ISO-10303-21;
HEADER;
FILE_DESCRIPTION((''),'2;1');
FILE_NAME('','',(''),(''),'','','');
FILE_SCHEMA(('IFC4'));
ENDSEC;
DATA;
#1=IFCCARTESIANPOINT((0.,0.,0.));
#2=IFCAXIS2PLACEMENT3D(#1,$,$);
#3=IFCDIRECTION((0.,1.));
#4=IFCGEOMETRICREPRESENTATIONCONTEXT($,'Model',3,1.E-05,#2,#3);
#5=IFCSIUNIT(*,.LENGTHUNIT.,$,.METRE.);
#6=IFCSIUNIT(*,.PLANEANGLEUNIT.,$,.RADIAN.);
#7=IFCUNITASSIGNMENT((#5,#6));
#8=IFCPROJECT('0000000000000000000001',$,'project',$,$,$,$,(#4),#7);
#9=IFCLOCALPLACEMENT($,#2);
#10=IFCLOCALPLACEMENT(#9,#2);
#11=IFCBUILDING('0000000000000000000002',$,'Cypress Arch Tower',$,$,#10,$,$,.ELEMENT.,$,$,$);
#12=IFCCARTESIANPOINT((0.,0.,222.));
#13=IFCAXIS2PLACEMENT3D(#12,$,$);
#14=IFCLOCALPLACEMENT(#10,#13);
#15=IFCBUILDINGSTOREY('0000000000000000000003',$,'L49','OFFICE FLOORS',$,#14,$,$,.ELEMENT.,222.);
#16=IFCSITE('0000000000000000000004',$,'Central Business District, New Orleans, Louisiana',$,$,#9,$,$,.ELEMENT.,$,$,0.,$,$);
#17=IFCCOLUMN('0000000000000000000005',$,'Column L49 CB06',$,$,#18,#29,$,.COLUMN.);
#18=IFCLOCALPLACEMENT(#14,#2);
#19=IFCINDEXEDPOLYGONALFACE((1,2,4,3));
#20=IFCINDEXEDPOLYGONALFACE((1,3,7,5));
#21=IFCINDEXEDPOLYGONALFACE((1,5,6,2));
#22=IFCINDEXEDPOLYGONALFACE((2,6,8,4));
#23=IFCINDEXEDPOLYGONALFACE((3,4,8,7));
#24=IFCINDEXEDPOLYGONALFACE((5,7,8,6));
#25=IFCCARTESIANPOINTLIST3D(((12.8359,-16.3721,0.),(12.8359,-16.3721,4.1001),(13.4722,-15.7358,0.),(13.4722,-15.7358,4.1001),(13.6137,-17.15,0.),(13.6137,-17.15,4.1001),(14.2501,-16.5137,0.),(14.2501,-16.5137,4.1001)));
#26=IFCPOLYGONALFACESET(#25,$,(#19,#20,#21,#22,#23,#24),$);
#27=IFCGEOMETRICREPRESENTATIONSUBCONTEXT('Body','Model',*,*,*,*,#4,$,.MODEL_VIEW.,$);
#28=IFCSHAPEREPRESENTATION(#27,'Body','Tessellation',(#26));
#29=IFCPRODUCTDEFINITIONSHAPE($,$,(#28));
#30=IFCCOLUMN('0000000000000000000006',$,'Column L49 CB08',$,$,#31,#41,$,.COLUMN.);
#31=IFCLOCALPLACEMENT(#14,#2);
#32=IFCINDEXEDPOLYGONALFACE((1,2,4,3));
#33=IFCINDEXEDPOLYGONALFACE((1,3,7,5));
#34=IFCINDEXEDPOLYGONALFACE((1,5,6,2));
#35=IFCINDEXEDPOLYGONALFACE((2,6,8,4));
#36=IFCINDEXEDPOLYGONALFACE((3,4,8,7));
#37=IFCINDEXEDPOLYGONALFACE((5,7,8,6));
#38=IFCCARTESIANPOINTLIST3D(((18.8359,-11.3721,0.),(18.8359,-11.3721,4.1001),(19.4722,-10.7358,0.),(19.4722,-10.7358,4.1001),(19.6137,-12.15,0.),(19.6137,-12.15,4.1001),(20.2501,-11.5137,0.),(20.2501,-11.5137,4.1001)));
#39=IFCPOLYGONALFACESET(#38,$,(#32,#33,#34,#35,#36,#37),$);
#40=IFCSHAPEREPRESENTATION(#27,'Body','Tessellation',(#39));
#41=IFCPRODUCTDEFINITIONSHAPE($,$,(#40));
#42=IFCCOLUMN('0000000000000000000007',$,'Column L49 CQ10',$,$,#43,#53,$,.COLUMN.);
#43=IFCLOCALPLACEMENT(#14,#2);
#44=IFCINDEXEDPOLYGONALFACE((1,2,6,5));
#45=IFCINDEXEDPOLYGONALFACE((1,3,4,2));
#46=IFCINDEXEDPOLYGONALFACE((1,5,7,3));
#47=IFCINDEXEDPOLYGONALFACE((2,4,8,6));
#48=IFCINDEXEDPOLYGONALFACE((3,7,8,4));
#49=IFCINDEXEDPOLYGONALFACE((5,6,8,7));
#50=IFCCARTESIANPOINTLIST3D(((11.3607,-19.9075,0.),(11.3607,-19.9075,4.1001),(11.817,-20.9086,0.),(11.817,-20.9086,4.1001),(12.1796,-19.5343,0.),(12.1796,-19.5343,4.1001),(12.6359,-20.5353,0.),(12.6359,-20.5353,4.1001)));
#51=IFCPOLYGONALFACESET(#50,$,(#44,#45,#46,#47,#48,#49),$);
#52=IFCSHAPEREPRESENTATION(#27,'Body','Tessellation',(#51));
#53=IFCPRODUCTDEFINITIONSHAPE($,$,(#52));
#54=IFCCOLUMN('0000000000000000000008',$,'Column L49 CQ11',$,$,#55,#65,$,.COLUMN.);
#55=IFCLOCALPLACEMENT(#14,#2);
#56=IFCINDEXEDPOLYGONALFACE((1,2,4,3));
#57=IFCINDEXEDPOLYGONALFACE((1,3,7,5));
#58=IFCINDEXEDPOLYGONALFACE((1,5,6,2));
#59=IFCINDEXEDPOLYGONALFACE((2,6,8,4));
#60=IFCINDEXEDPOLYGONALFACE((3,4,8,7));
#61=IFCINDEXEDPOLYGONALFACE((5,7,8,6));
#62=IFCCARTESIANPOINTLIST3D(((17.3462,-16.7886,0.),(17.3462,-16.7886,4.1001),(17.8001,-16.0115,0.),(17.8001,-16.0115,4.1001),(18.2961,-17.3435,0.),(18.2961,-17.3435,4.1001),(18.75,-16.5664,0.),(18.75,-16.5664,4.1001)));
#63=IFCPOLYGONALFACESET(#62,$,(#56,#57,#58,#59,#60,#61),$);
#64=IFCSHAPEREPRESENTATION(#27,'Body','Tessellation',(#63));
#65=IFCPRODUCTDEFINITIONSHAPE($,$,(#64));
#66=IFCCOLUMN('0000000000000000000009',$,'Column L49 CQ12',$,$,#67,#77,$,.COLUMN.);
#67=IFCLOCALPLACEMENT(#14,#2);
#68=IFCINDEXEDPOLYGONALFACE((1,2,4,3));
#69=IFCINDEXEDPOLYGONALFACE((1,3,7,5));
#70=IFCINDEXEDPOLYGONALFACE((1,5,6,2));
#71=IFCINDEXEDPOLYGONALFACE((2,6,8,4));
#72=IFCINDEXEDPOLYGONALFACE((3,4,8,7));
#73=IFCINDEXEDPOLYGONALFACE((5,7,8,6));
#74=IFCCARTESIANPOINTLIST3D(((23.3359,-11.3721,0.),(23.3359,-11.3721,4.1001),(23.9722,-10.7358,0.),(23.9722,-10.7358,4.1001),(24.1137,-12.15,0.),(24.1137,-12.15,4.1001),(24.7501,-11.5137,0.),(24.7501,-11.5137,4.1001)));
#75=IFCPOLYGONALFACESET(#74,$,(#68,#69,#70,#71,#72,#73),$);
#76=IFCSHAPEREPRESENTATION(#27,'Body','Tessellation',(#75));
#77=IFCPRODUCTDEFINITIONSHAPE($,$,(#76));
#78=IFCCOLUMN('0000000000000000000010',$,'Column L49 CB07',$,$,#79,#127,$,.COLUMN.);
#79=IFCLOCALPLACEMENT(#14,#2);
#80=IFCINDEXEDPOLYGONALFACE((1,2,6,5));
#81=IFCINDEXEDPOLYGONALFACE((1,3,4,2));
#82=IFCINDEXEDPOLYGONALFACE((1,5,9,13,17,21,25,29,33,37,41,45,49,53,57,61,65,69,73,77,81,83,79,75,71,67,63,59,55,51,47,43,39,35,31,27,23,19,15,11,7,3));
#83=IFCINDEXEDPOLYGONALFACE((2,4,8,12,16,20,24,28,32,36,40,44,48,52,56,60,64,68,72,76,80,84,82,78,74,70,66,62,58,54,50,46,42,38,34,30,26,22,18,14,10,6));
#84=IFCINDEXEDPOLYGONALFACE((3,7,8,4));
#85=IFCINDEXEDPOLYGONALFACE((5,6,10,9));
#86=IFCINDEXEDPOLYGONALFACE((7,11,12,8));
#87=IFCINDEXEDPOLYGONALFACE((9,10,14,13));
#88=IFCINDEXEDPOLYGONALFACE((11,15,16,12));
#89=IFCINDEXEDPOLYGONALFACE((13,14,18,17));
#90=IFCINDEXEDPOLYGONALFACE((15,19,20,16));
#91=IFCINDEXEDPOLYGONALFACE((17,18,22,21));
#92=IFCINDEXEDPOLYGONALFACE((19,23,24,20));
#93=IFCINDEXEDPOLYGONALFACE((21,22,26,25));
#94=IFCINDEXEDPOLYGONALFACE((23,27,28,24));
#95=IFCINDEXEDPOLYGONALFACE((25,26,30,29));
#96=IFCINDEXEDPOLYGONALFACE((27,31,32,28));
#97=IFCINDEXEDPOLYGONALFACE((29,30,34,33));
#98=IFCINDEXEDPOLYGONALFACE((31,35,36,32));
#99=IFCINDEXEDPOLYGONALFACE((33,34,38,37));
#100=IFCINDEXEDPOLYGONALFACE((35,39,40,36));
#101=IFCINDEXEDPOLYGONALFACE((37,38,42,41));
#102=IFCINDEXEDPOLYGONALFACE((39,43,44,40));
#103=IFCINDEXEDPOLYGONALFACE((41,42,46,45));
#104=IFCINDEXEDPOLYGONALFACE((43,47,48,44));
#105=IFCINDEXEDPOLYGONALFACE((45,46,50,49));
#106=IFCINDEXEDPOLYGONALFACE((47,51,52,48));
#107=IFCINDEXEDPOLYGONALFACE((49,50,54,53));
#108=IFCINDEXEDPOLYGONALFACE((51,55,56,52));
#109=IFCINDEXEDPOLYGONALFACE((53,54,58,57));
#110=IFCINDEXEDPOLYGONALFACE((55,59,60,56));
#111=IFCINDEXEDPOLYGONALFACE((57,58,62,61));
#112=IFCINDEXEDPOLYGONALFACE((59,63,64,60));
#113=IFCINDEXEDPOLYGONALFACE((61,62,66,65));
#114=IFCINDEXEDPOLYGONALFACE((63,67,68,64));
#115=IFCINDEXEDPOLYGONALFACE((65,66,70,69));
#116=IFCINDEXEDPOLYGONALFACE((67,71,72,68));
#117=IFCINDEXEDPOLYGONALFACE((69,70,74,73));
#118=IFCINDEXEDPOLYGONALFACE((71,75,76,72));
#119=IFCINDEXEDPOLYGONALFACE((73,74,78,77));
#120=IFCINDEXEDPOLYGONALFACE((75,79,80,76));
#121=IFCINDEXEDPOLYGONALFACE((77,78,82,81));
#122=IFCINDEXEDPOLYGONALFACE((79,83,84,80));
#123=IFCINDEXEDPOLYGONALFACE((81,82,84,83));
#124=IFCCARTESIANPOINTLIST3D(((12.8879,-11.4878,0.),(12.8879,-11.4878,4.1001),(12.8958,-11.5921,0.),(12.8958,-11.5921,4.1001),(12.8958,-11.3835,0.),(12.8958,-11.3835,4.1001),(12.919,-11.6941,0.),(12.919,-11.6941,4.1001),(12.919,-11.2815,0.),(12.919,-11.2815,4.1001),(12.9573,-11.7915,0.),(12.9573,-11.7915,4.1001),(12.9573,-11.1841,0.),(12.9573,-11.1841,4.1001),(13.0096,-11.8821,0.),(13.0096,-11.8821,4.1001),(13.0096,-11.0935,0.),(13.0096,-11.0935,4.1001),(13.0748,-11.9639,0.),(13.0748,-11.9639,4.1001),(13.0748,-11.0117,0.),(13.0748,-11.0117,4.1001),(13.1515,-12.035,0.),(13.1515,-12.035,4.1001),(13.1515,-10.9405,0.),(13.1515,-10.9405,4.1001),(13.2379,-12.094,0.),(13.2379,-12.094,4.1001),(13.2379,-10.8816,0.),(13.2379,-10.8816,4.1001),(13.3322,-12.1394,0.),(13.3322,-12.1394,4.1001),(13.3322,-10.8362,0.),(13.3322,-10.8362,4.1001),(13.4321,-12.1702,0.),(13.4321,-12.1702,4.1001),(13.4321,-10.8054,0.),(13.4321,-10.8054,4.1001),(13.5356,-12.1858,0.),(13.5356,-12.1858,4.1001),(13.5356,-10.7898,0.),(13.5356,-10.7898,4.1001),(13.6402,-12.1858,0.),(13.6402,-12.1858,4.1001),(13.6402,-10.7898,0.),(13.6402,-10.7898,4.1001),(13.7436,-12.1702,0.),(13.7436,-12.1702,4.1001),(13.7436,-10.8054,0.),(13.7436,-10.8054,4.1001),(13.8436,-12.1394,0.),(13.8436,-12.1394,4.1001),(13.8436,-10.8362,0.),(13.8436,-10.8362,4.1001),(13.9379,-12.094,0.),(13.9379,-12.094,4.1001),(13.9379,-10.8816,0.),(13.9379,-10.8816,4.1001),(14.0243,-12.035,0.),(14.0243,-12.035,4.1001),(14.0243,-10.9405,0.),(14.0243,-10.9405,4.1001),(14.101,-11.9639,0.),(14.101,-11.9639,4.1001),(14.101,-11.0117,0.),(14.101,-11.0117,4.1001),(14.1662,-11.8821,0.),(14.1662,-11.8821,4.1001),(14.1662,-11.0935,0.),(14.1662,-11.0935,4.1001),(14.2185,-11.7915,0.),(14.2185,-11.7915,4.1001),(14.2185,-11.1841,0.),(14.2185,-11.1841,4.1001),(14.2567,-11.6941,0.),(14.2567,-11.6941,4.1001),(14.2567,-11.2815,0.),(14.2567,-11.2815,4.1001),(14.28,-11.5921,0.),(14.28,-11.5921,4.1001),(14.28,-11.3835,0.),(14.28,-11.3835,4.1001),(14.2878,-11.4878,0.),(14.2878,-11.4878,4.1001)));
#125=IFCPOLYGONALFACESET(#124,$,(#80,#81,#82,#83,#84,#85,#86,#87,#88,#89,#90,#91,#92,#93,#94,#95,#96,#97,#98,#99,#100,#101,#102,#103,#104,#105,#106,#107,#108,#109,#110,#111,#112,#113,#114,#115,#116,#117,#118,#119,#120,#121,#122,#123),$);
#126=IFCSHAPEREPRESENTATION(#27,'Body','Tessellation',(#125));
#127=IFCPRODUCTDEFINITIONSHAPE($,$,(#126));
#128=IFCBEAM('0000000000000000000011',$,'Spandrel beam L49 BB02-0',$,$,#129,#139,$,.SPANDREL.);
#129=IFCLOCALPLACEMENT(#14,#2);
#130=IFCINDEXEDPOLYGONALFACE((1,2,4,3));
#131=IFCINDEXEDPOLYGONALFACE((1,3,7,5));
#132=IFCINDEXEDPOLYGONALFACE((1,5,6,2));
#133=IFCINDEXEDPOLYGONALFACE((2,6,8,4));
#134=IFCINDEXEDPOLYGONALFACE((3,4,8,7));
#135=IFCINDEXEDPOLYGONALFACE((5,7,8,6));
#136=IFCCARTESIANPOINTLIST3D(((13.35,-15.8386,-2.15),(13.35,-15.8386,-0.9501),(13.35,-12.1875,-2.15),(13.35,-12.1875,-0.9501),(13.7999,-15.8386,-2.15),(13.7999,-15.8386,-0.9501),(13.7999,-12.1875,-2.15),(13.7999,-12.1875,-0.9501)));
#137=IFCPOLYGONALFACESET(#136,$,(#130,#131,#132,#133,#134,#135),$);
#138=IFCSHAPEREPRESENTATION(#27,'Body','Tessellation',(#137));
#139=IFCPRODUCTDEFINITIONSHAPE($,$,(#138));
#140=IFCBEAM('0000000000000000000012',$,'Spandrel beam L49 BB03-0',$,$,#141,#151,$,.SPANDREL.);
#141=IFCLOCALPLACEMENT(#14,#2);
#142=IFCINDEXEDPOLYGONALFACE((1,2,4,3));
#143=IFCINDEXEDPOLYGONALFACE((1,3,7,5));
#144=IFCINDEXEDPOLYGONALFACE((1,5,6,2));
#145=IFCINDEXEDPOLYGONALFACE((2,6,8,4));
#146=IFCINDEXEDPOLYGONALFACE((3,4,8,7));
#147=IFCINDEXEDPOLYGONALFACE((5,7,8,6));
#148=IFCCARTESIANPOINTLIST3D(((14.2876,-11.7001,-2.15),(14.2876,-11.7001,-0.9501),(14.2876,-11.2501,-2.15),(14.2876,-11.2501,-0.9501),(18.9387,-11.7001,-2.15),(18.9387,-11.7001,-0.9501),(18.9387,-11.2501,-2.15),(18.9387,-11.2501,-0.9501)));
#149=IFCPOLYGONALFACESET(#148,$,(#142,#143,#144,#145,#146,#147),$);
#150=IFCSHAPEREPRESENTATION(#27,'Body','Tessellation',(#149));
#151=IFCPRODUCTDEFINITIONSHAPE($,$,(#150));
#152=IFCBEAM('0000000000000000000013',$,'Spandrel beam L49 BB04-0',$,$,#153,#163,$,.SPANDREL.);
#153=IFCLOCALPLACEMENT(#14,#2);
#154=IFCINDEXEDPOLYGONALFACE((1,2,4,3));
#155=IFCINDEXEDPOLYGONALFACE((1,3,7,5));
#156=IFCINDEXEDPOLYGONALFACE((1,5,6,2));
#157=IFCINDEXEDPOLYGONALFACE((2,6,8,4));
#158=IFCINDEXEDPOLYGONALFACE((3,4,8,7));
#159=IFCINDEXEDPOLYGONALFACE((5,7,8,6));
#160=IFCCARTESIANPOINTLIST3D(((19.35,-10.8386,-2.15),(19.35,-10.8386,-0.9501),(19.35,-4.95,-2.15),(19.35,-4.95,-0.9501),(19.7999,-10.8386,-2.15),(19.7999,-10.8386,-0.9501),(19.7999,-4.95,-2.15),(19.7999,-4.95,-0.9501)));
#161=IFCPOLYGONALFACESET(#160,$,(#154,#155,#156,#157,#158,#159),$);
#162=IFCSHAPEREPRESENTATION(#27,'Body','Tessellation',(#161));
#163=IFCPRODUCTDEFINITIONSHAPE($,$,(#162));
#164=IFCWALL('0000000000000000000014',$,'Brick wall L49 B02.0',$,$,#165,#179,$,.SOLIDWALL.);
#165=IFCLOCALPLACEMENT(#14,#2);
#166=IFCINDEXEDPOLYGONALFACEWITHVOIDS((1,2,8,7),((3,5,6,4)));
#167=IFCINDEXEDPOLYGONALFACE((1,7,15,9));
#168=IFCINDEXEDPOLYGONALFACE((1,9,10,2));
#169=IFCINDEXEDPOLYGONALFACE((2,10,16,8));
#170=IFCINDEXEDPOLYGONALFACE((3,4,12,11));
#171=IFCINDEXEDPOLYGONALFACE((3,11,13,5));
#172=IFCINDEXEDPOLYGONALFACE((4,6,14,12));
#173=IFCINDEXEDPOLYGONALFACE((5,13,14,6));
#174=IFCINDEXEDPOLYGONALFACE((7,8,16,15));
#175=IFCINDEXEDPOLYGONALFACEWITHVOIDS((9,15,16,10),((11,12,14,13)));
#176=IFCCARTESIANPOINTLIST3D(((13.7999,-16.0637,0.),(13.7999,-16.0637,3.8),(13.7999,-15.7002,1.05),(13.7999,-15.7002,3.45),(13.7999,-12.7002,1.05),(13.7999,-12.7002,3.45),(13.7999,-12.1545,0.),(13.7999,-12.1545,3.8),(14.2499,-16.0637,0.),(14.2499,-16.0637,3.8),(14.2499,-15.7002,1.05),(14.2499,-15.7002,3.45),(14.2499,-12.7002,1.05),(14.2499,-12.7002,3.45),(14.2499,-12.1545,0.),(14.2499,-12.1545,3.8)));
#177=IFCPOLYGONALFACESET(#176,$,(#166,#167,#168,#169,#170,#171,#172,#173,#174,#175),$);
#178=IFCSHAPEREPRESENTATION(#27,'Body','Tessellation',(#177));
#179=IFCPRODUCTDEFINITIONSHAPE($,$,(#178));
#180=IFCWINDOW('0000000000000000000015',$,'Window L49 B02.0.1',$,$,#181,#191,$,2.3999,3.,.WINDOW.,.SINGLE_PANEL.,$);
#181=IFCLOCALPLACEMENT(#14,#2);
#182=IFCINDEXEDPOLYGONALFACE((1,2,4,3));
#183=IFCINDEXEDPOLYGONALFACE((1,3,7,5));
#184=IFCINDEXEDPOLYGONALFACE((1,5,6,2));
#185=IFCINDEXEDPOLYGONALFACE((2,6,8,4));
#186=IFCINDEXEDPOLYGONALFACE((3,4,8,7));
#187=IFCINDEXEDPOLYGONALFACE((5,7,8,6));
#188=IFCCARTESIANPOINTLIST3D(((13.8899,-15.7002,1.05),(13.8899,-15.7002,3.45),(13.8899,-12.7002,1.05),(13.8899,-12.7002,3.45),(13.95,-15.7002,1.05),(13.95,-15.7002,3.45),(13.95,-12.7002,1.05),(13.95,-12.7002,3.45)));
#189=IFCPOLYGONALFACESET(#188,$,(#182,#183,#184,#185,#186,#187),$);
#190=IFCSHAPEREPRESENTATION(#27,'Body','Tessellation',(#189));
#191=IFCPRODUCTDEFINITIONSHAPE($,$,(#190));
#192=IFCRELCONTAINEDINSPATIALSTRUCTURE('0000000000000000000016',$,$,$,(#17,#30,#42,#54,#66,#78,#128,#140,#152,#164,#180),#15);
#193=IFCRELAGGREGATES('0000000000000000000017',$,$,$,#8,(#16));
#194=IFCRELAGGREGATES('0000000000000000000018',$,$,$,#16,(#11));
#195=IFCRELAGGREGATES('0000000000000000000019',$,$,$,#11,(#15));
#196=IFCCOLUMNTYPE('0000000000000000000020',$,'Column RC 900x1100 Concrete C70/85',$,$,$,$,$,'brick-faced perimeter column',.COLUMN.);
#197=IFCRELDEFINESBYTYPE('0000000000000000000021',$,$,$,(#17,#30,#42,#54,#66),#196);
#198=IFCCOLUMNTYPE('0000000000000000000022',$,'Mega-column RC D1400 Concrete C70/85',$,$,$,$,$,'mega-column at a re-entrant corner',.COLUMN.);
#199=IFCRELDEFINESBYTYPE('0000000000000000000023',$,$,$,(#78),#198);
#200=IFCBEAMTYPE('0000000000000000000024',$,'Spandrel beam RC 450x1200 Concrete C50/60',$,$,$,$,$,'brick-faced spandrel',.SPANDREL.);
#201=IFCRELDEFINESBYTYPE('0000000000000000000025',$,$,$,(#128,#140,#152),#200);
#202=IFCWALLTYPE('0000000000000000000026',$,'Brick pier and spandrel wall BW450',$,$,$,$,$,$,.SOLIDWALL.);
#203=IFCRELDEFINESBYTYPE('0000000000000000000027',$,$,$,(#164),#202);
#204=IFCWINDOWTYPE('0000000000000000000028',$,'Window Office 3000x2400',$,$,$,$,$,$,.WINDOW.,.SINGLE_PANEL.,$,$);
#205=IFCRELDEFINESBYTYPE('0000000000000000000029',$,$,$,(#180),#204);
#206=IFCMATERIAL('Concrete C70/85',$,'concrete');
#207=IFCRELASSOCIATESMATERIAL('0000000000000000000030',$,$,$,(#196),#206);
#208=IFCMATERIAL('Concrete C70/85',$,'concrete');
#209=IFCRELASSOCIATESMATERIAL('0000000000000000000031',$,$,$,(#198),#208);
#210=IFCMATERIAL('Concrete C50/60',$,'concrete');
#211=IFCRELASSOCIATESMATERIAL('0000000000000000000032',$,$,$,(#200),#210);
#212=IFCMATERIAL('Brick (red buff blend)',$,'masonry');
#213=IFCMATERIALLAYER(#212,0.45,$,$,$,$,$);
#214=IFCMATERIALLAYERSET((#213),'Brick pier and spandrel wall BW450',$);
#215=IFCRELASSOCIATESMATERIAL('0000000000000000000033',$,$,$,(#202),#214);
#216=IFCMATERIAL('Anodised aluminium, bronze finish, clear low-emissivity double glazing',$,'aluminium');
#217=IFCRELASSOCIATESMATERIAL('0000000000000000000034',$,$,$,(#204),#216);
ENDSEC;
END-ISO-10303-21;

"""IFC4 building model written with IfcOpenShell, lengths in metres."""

from ifc_helpers import new_model, si_unit, direction, frame, frame_2d, origin, origin_2d, place, context, subcontext, project, spatial, rectangle, circle, extrude, material, layer, layer_set, material_profile, profile_set, type_object, element, fill, save


model = new_model("IFC4")

# Units and contexts
model_context = context("Model", 3, precision=1e-05, world=origin(), true_north=direction((0.0, 1.0)))
body_context = subcontext(model_context, "Body", "Model", "MODEL_VIEW")
ifc_project = project(units=[si_unit("LENGTHUNIT", "METRE"), si_unit("PLANEANGLEUNIT", "RADIAN")], contexts=[model_context])

# Site, building, storey
site_placement = place(None, origin())
site = spatial("IfcSite", under=ifc_project, at=site_placement, Name="Central Business District, New Orleans, Louisiana", CompositionType="ELEMENT", RefElevation=0.0)
building_placement = place(site_placement, origin())
building = spatial("IfcBuilding", under=site, at=building_placement, Name="Cypress Arch Tower", CompositionType="ELEMENT")
storey_placement = place(building_placement, frame((0.0, 0.0, 222.0)))
storey = spatial("IfcBuildingStorey", under=building, at=storey_placement, Name="L49", Description="OFFICE FLOORS", CompositionType="ELEMENT", Elevation=222.0)

# Columns
ifc_material_1 = material(Name="Concrete C70/85", Category="concrete")
ifc_material_profile_1 = material_profile(ifc_material_1, rectangle(XDim=0.8999, YDim=1.1001, at=origin_2d()), Name="RC 900x1100")
ifc_profile_set_1 = profile_set([ifc_material_profile_1], Name="Concrete C70/85")
column_type_1 = type_object("IfcColumnType", Name="Column RC 900x1100 Concrete C70/85", ElementType="brick-faced perimeter column", PredefinedType="COLUMN", material=ifc_profile_set_1)
for number, where, z_axis, x_axis, name in (
    (1, (13.543, -16.4429, 0.0), (0.0, 0.0, 1.0), (0.707107, 0.707107, 0.0), "Column L49 CB06"),
    (2, (19.543, -11.4429, 0.0), (0.0, 0.0, 1.0), (0.707107, 0.707107, 0.0), "Column L49 CB08"),
    (3, (11.9983, -20.2214, 0.0), (0.0, 0.0, 1.0), (0.909932, 0.414757, 0.0), "Column L49 CQ10"),
    (4, (18.0481, -16.6775, 0.0), (0.0, 0.0, 1.0), (0.504399, 0.863471, 0.0), "Column L49 CQ11"),
    (5, (24.043, -11.4429, 0.0), (0.0, 0.0, 1.0), (0.707107, 0.707107, 0.0), "Column L49 CQ12"),
):
    element("IfcColumn", number, at=place(storey_placement, frame(where, z_axis=z_axis, x_axis=x_axis)), inside=storey, type_object=column_type_1, Name=name, PredefinedType="COLUMN", context=body_context, shape_type="SweptSolid", body=[
        extrude(rectangle(XDim=0.8999, YDim=1.1001, at=origin_2d()), origin(), (0.0, 0.0, 1.0), 4.1001),
    ])
ifc_material_2 = material(Name="Concrete C70/85", Category="concrete")
ifc_material_profile_2 = material_profile(ifc_material_2, circle(Radius=0.7, at=origin_2d()), Name="RC D1400")
ifc_profile_set_2 = profile_set([ifc_material_profile_2], Name="Concrete C70/85")
column_type_2 = type_object("IfcColumnType", Name="Mega-column RC D1400 Concrete C70/85", ElementType="mega-column at a re-entrant corner", PredefinedType="COLUMN", material=ifc_profile_set_2)
column_placement = place(storey_placement, frame((13.5879, -11.4878, 0.0), z_axis=(0.0, 0.0, 1.0), x_axis=(1.0, 0.0, 0.0)))
element("IfcColumn", 6, at=column_placement, inside=storey, type_object=column_type_2, Name="Column L49 CB07", PredefinedType="COLUMN", context=body_context, shape_type="SweptSolid", body=[
    extrude(circle(Radius=0.7, at=origin_2d()), origin(), (0.0, 0.0, 1.0), 4.1001),
])

# Beams
ifc_material_3 = material(Name="Concrete C50/60", Category="concrete")
ifc_material_profile_3 = material_profile(ifc_material_3, rectangle(XDim=0.45, YDim=1.2, at=origin_2d()), Name="RC 450x1200")
ifc_profile_set_3 = profile_set([ifc_material_profile_3], Name="Concrete C50/60")
beam_type = type_object("IfcBeamType", Name="Spandrel beam RC 450x1200 Concrete C50/60", ElementType="brick-faced spandrel", PredefinedType="SPANDREL", material=ifc_profile_set_3)
beam_1_placement = place(storey_placement, frame((13.575, -15.8386, -1.55), z_axis=(0.0, 1.0, 0.0), x_axis=(-1.0, 0.0, 0.0)))
element("IfcBeam", 7, at=beam_1_placement, inside=storey, type_object=beam_type, Name="Spandrel beam L49 BB02-0", PredefinedType="SPANDREL", context=body_context, shape_type="SweptSolid", body=[
    extrude(rectangle(XDim=0.45, YDim=1.2, at=origin_2d()), origin(), (0.0, 0.0, 1.0), 3.6511),
])
beam_2_placement = place(storey_placement, frame((14.2876, -11.4751, -1.55), z_axis=(1.0, 0.0, 0.0), x_axis=(0.0, 1.0, 0.0)))
element("IfcBeam", 8, at=beam_2_placement, inside=storey, type_object=beam_type, Name="Spandrel beam L49 BB03-0", PredefinedType="SPANDREL", context=body_context, shape_type="SweptSolid", body=[
    extrude(rectangle(XDim=0.45, YDim=1.2, at=origin_2d()), origin(), (0.0, 0.0, 1.0), 4.6511),
])
beam_3_placement = place(storey_placement, frame((19.575, -10.8386, -1.55), z_axis=(0.0, 1.0, 0.0), x_axis=(-1.0, 0.0, 0.0)))
element("IfcBeam", 9, at=beam_3_placement, inside=storey, type_object=beam_type, Name="Spandrel beam L49 BB04-0", PredefinedType="SPANDREL", context=body_context, shape_type="SweptSolid", body=[
    extrude(rectangle(XDim=0.45, YDim=1.2, at=origin_2d()), origin(), (0.0, 0.0, 1.0), 5.8887),
])

# Wall, opening, window
ifc_material_4 = material(Name="Brick (red buff blend)", Category="masonry")
ifc_layer_1 = layer(ifc_material_4, 0.45)
ifc_layer_set_1 = layer_set([ifc_layer_1], Name="Brick pier and spandrel wall BW450")
wall_type_1 = type_object("IfcWallType", Name="Brick pier and spandrel wall BW450", PredefinedType="SOLIDWALL", material=ifc_layer_set_1)
wall_1_placement = place(storey_placement, frame((14.0249, -16.0637, 0.0), z_axis=(0.0, 0.0, 1.0), x_axis=(0.0, 1.0, 0.0)))
wall_1 = element("IfcWall", 10, at=wall_1_placement, inside=storey, type_object=wall_type_1, Name="Brick wall L49 B02.0", PredefinedType="SOLIDWALL", context=body_context, shape_type="SweptSolid", body=[
    extrude(rectangle(XDim=3.9092, YDim=0.45, at=frame_2d((1.9546, 0.0))), origin(), (0.0, 0.0, 1.0), 3.8),
])
opening_1_placement = place(wall_1_placement, frame((0.3635, 0.0, 1.05)))
opening_1 = element("IfcOpeningElement", 11, at=opening_1_placement, cuts=wall_1, PredefinedType="OPENING", context=body_context, shape_type="SweptSolid", body=[
    extrude(rectangle(XDim=3.0, YDim=2.3999, at=frame_2d((1.5, 1.2))), frame((0.0, 0.2349, 0.0), z_axis=(0.0, -1.0, 0.0), x_axis=(1.0, 0.0, 0.0)), (0.0, 0.0, 1.0), 0.47),
])
ifc_material_5 = material(Name="Anodised aluminium, bronze finish, clear low-emissivity double glazing", Category="aluminium")
window_type_1 = type_object("IfcWindowType", Name="Window Office 3000x2400", PartitioningType="SINGLE_PANEL", PredefinedType="WINDOW", material=ifc_material_5)
window_1_placement = place(opening_1_placement, origin())
window_1 = element("IfcWindow", 12, at=window_1_placement, inside=storey, type_object=window_type_1, Name="Window L49 B02.0.1", OverallHeight=2.3999, OverallWidth=3.0, PartitioningType="SINGLE_PANEL", PredefinedType="WINDOW", context=body_context, shape_type="SweptSolid", body=[
    extrude(rectangle(XDim=3.0, YDim=2.3999, at=frame_2d((1.5, 1.2))), frame((0.0, 0.135, 0.0), z_axis=(0.0, -1.0, 0.0), x_axis=(1.0, 0.0, 0.0)), (0.0, 0.0, 1.0), 0.0601),
])
fill(opening_1, window_1)

save(model, "model.ifc")
